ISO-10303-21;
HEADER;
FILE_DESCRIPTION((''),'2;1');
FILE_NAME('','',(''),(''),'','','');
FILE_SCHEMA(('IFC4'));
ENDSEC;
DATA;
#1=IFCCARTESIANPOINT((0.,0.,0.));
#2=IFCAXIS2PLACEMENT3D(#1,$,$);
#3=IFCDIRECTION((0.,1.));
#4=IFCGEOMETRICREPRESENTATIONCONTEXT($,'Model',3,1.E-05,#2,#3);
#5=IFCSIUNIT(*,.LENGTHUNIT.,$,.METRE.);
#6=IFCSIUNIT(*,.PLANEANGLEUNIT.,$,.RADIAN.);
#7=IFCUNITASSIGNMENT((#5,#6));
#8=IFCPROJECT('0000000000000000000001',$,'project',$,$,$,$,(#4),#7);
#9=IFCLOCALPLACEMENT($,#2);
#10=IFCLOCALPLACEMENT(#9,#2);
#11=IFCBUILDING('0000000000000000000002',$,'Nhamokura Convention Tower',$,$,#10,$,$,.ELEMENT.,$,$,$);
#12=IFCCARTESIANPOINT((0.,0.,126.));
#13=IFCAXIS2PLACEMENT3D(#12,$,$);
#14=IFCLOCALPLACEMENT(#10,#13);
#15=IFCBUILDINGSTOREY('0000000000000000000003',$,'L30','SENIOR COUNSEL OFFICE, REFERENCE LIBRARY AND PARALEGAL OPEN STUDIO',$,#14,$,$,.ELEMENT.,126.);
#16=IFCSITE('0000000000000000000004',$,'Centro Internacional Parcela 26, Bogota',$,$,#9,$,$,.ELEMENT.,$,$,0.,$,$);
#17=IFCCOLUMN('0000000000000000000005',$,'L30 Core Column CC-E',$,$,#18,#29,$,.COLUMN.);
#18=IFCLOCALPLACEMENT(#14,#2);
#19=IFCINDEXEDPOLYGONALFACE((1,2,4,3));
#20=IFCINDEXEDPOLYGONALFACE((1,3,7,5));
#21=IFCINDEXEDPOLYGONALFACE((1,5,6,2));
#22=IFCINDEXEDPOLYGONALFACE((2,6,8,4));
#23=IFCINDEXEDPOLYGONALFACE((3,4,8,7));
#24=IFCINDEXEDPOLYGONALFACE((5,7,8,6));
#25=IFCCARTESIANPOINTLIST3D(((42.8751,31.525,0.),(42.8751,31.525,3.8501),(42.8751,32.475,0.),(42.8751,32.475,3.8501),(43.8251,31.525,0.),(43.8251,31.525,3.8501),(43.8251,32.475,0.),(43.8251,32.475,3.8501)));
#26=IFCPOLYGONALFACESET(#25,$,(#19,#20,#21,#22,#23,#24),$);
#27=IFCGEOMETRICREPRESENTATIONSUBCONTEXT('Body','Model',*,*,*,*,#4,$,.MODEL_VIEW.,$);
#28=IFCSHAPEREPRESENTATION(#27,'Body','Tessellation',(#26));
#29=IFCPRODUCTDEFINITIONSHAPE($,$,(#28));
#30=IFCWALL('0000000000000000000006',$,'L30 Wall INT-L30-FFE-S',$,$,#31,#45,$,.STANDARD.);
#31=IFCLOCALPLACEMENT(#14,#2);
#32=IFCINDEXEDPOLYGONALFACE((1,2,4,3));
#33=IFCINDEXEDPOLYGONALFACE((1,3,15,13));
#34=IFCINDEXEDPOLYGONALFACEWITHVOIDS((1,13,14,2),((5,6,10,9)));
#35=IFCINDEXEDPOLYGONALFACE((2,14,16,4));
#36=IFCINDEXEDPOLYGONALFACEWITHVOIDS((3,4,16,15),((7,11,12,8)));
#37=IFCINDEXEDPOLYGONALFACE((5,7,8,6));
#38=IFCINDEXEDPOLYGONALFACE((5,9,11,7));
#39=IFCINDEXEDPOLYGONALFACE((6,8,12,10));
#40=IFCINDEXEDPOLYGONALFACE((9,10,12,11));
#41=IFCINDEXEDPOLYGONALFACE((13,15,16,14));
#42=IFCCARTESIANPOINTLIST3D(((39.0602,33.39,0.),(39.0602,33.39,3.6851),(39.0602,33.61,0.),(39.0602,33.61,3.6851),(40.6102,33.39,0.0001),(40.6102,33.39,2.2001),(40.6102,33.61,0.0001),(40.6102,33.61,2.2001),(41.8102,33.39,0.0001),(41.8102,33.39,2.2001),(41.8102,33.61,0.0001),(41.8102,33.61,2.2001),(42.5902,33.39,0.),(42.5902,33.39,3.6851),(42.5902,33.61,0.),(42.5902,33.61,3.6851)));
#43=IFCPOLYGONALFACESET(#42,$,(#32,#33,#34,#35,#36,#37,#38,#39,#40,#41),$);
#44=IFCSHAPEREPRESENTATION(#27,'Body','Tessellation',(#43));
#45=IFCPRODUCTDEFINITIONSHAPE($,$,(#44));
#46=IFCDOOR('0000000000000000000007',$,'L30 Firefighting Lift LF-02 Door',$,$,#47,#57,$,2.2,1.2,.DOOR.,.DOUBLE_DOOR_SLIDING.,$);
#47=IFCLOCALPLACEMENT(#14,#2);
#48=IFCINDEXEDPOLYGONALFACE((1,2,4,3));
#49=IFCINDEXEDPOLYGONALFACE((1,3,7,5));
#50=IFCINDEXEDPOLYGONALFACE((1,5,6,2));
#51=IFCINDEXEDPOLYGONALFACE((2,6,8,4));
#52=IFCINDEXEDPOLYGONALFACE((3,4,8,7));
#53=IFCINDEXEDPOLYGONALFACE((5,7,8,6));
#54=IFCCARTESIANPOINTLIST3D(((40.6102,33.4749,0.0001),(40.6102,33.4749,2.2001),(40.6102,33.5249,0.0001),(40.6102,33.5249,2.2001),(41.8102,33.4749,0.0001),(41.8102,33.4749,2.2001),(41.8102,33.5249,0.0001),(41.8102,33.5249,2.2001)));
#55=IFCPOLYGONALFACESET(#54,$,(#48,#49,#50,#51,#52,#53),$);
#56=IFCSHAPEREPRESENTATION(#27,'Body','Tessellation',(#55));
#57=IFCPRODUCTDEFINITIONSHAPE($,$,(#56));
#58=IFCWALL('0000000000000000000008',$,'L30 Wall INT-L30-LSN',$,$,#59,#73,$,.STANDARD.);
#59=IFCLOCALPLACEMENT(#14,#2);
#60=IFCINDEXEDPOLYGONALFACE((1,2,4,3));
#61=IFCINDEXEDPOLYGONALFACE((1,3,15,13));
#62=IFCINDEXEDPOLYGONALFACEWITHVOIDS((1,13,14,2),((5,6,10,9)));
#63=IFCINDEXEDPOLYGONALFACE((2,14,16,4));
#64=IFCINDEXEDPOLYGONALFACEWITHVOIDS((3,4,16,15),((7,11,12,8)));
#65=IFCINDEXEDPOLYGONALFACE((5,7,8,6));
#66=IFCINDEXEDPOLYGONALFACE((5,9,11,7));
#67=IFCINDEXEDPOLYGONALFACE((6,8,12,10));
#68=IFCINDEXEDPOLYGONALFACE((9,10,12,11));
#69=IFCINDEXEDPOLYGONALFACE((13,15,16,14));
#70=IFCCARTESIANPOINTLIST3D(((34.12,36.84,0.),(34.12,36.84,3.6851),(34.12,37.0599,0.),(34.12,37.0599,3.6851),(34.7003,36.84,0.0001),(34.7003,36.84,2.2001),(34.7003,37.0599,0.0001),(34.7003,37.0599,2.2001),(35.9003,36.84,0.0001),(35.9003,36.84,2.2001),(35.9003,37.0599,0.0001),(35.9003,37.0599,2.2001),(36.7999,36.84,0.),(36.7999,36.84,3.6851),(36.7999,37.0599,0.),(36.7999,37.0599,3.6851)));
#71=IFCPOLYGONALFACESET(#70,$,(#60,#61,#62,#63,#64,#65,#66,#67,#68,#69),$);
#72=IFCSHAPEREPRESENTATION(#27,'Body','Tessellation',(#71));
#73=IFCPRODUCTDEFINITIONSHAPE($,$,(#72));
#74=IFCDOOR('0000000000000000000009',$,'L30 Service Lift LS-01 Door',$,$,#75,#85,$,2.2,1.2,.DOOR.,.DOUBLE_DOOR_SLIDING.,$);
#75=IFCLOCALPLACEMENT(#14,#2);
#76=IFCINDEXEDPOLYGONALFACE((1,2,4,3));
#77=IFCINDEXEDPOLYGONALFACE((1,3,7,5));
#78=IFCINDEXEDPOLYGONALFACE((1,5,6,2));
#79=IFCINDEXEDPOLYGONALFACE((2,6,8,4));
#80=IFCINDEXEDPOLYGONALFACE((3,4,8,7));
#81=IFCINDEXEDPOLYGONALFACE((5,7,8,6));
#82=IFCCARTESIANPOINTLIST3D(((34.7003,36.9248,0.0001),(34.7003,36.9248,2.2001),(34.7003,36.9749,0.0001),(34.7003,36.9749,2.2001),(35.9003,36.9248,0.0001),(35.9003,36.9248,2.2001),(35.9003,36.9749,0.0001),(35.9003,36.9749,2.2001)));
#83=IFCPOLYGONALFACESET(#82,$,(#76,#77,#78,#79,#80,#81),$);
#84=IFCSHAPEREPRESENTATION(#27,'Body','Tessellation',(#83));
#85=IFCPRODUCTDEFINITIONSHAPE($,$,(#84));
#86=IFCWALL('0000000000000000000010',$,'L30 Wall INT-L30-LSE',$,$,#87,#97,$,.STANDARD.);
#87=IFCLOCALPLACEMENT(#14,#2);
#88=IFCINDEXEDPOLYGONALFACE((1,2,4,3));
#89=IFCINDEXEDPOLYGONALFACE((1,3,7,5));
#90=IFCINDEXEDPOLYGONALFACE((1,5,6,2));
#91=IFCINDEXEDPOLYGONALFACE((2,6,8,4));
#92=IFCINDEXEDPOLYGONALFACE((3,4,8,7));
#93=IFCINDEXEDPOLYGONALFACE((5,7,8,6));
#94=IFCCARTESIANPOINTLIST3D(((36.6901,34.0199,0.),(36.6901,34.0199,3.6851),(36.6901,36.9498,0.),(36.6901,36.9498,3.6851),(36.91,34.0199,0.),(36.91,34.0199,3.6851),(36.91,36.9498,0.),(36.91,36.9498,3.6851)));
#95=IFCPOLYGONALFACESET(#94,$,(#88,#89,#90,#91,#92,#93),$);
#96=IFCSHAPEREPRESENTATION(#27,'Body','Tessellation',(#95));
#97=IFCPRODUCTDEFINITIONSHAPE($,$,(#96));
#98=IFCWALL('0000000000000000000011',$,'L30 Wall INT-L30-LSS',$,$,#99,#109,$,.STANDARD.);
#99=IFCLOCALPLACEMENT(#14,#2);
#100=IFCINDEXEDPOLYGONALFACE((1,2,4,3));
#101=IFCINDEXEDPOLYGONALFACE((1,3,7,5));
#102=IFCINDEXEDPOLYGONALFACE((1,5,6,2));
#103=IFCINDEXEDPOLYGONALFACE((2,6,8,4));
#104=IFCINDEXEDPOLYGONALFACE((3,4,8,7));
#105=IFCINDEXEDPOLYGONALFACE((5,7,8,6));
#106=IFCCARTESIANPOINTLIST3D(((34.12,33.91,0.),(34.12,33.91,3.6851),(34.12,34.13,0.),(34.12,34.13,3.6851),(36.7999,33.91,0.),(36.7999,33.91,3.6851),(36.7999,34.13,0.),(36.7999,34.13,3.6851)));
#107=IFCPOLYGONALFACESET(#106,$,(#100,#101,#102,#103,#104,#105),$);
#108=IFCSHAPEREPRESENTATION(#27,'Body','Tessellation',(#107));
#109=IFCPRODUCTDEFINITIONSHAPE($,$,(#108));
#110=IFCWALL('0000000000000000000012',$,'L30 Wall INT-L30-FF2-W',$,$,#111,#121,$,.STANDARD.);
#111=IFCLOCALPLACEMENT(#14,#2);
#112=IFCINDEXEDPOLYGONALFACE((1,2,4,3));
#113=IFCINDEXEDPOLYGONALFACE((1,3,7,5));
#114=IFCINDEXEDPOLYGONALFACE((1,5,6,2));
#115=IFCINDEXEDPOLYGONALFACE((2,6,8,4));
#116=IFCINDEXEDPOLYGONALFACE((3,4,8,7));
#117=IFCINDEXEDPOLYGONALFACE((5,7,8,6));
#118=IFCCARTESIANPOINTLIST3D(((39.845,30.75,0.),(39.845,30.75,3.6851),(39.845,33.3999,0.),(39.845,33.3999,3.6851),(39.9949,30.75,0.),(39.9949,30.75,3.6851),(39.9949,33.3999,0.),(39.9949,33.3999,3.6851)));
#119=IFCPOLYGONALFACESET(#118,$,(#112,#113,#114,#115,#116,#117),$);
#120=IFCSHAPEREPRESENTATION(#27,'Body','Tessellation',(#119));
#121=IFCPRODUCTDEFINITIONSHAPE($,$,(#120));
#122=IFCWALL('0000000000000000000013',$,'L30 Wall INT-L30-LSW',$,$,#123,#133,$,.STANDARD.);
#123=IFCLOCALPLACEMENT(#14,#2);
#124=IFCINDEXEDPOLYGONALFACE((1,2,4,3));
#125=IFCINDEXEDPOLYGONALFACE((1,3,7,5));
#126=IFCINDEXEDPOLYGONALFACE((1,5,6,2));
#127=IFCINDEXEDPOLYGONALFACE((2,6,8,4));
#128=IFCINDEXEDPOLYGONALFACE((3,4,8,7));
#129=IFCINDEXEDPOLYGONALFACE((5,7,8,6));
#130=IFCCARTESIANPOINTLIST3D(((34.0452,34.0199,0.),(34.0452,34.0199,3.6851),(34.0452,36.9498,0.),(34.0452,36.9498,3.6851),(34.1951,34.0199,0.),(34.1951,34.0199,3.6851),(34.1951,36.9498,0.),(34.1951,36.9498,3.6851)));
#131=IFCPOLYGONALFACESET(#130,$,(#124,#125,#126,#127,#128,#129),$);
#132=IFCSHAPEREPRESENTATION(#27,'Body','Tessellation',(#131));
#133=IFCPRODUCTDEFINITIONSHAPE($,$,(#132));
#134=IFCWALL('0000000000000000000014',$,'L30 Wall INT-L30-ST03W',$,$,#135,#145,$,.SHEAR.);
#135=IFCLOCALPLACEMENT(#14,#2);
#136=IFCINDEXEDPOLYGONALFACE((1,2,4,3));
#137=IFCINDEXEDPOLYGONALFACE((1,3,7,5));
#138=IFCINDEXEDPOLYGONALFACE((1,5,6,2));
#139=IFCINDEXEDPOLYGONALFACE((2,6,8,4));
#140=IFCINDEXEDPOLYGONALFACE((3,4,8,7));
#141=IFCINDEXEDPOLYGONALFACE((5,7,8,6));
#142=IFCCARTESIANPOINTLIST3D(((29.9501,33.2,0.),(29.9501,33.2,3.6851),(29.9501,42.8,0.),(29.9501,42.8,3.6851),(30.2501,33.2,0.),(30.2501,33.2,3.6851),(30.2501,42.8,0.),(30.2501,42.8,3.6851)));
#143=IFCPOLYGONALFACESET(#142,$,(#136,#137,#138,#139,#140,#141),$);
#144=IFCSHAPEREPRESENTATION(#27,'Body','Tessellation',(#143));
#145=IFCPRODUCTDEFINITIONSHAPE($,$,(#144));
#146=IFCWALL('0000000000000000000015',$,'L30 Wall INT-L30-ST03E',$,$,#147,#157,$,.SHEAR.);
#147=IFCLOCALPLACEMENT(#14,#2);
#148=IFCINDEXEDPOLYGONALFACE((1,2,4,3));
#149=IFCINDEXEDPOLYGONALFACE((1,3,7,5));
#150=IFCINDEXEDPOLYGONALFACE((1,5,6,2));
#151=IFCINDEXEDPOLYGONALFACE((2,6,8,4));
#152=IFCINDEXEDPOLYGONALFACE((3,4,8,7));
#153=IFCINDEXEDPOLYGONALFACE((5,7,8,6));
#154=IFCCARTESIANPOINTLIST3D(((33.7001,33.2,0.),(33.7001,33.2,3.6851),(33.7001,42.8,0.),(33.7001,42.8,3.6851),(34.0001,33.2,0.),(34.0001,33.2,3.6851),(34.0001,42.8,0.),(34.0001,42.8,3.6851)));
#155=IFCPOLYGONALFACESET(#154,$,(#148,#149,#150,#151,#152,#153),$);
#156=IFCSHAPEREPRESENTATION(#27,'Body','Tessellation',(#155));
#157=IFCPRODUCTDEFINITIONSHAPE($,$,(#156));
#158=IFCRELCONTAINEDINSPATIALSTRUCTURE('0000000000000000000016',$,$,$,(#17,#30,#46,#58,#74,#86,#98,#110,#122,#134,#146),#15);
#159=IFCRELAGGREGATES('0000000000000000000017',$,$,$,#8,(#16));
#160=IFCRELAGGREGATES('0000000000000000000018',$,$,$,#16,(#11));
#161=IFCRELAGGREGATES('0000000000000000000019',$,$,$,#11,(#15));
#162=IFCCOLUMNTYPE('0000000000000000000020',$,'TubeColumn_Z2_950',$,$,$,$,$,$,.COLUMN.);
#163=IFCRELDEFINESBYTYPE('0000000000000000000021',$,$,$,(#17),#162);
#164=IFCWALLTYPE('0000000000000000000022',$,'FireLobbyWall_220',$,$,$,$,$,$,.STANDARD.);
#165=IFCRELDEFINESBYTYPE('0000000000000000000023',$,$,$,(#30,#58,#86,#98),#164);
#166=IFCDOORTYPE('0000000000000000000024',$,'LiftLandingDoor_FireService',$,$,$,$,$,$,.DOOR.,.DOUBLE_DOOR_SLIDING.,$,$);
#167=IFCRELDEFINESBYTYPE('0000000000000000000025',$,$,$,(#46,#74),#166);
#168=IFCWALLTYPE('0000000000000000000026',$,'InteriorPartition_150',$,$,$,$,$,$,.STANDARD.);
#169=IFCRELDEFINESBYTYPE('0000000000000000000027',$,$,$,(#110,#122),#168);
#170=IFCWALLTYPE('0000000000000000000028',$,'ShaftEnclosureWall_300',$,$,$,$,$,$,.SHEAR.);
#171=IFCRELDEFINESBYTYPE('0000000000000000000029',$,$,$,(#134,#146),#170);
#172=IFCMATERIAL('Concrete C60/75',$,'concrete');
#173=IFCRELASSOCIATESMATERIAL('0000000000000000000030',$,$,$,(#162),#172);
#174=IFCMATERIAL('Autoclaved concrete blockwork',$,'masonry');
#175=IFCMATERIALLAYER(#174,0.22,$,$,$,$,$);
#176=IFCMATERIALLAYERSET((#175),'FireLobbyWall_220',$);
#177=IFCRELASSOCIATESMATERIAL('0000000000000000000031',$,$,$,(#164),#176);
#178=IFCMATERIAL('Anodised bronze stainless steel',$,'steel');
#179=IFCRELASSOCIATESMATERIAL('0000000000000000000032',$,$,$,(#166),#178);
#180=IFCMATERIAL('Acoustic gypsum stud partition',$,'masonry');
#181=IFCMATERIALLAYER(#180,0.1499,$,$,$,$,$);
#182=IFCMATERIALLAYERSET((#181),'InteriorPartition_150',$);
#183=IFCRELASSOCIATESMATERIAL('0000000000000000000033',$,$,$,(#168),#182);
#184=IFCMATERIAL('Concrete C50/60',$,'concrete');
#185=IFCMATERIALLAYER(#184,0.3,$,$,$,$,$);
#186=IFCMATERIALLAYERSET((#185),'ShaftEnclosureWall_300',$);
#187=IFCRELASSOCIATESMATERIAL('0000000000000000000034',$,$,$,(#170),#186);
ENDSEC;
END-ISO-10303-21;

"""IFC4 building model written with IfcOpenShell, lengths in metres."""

from ifc_helpers import new_model, si_unit, direction, frame, frame_2d, origin, origin_2d, place, context, subcontext, project, spatial, rectangle, extrude, material, layer, layer_set, material_profile, profile_set, type_object, element, fill, save


model = new_model("IFC4")

# Units and contexts
model_context = context("Model", 3, precision=1e-05, world=origin(), true_north=direction((0.0, 1.0)))
body_context = subcontext(model_context, "Body", "Model", "MODEL_VIEW")
ifc_project = project(units=[si_unit("LENGTHUNIT", "METRE"), si_unit("PLANEANGLEUNIT", "RADIAN")], contexts=[model_context])

# Site, building, storey
site_placement = place(None, origin())
site = spatial("IfcSite", under=ifc_project, at=site_placement, Name="Centro Internacional Parcela 26, Bogota", CompositionType="ELEMENT", RefElevation=0.0)
building_placement = place(site_placement, origin())
building = spatial("IfcBuilding", under=site, at=building_placement, Name="Nhamokura Convention Tower", CompositionType="ELEMENT")
storey_placement = place(building_placement, frame((0.0, 0.0, 126.0)))
storey = spatial("IfcBuildingStorey", under=building, at=storey_placement, Name="L30", Description="SENIOR COUNSEL OFFICE, REFERENCE LIBRARY AND PARALEGAL OPEN STUDIO", CompositionType="ELEMENT", Elevation=126.0)

# Column
ifc_material_1 = material(Name="Concrete C60/75", Category="concrete")
ifc_material_profile = material_profile(ifc_material_1, rectangle(XDim=0.95, YDim=0.95, at=origin_2d()))
ifc_profile_set = profile_set([ifc_material_profile], Name="Concrete C60/75")
column_type = type_object("IfcColumnType", Name="TubeColumn_Z2_950", PredefinedType="COLUMN", material=ifc_profile_set)
column_placement = place(storey_placement, frame((43.3501, 32.0, 0.0), z_axis=(0.0, 0.0, 1.0), x_axis=(1.0, 0.0, 0.0)))
element("IfcColumn", 1, at=column_placement, inside=storey, type_object=column_type, Name="L30 Core Column CC-E", PredefinedType="COLUMN", context=body_context, shape_type="SweptSolid", body=[
    extrude(rectangle(XDim=0.95, YDim=0.95, at=origin_2d()), origin(), (0.0, 0.0, 1.0), 3.8501),
])

# Walls, openings, doors
ifc_material_2 = material(Name="Autoclaved concrete blockwork", Category="masonry")
ifc_layer_1 = layer(ifc_material_2, 0.22)
ifc_layer_set_1 = layer_set([ifc_layer_1], Name="FireLobbyWall_220")
wall_type_1 = type_object("IfcWallType", Name="FireLobbyWall_220", PredefinedType="STANDARD", material=ifc_layer_set_1)
wall_1_placement = place(storey_placement, frame((39.0601, 33.5, 0.0), z_axis=(0.0, 0.0, 1.0), x_axis=(1.0, 0.0, 0.0)))
wall_1 = element("IfcWall", 2, at=wall_1_placement, inside=storey, type_object=wall_type_1, Name="L30 Wall INT-L30-FFE-S", PredefinedType="STANDARD", context=body_context, shape_type="SweptSolid", body=[
    extrude(rectangle(XDim=3.53, YDim=0.22, at=frame_2d((1.7651, 0.0))), origin(), (0.0, 0.0, 1.0), 3.6851),
])
opening_1_placement = place(wall_1_placement, frame((1.55, 0.0, 0.0)))
opening_1 = element("IfcOpeningElement", 3, at=opening_1_placement, cuts=wall_1, PredefinedType="OPENING", context=body_context, shape_type="SweptSolid", body=[
    extrude(rectangle(XDim=1.2, YDim=2.2, at=frame_2d((0.6001, 1.1001))), frame((0.0, 0.1199, 0.0), z_axis=(0.0, -1.0, 0.0), x_axis=(1.0, 0.0, 0.0)), (0.0, 0.0, 1.0), 0.24),
])
ifc_material_3 = material(Name="Anodised bronze stainless steel", Category="steel")
door_type = type_object("IfcDoorType", Name="LiftLandingDoor_FireService", OperationType="DOUBLE_DOOR_SLIDING", PredefinedType="DOOR", material=ifc_material_3)
door_1_placement = place(opening_1_placement, origin())
door_1 = element("IfcDoor", 4, at=door_1_placement, inside=storey, type_object=door_type, Name="L30 Firefighting Lift LF-02 Door", OperationType="DOUBLE_DOOR_SLIDING", OverallHeight=2.2, OverallWidth=1.2, PredefinedType="DOOR", context=body_context, shape_type="SweptSolid", body=[
    extrude(rectangle(XDim=1.2, YDim=2.2, at=frame_2d((0.6001, 1.1001))), frame((0.0, 0.0249, 0.0), z_axis=(0.0, -1.0, 0.0), x_axis=(1.0, 0.0, 0.0)), (0.0, 0.0, 1.0), 0.05),
])
fill(opening_1, door_1)
wall_2_placement = place(storey_placement, frame((34.1201, 36.95, 0.0), z_axis=(0.0, 0.0, 1.0), x_axis=(1.0, 0.0, 0.0)))
wall_2 = element("IfcWall", 5, at=wall_2_placement, inside=storey, type_object=wall_type_1, Name="L30 Wall INT-L30-LSN", PredefinedType="STANDARD", context=body_context, shape_type="SweptSolid", body=[
    extrude(rectangle(XDim=2.6799, YDim=0.22, at=frame_2d((1.3398, 0.0))), origin(), (0.0, 0.0, 1.0), 3.6851),
])
opening_2_placement = place(wall_2_placement, frame((0.5801, 0.0, 0.0)))
opening_2 = element("IfcOpeningElement", 6, at=opening_2_placement, cuts=wall_2, PredefinedType="OPENING", context=body_context, shape_type="SweptSolid", body=[
    extrude(rectangle(XDim=1.2, YDim=2.2, at=frame_2d((0.6001, 1.1001))), frame((0.0, 0.1199, 0.0), z_axis=(0.0, -1.0, 0.0), x_axis=(1.0, 0.0, 0.0)), (0.0, 0.0, 1.0), 0.24),
])
door_2_placement = place(opening_2_placement, origin())
door_2 = element("IfcDoor", 7, at=door_2_placement, inside=storey, type_object=door_type, Name="L30 Service Lift LS-01 Door", OperationType="DOUBLE_DOOR_SLIDING", OverallHeight=2.2, OverallWidth=1.2, PredefinedType="DOOR", context=body_context, shape_type="SweptSolid", body=[
    extrude(rectangle(XDim=1.2, YDim=2.2, at=frame_2d((0.6001, 1.1001))), frame((0.0, 0.0249, 0.0), z_axis=(0.0, -1.0, 0.0), x_axis=(1.0, 0.0, 0.0)), (0.0, 0.0, 1.0), 0.05),
])
fill(opening_2, door_2)

# Walls
wall_3_placement = place(storey_placement, frame((36.8, 34.02, 0.0), z_axis=(0.0, 0.0, 1.0), x_axis=(0.0, 1.0, 0.0)))
element("IfcWall", 8, at=wall_3_placement, inside=storey, type_object=wall_type_1, Name="L30 Wall INT-L30-LSE", PredefinedType="STANDARD", context=body_context, shape_type="SweptSolid", body=[
    extrude(rectangle(XDim=2.9299, YDim=0.22, at=frame_2d((1.4648, 0.0))), origin(), (0.0, 0.0, 1.0), 3.6851),
])
wall_4_placement = place(storey_placement, frame((34.1201, 34.02, 0.0), z_axis=(0.0, 0.0, 1.0), x_axis=(1.0, 0.0, 0.0)))
element("IfcWall", 9, at=wall_4_placement, inside=storey, type_object=wall_type_1, Name="L30 Wall INT-L30-LSS", PredefinedType="STANDARD", context=body_context, shape_type="SweptSolid", body=[
    extrude(rectangle(XDim=2.6799, YDim=0.22, at=frame_2d((1.3398, 0.0))), origin(), (0.0, 0.0, 1.0), 3.6851),
])
ifc_material_4 = material(Name="Acoustic gypsum stud partition", Category="masonry")
ifc_layer_2 = layer(ifc_material_4, 0.1499)
ifc_layer_set_2 = layer_set([ifc_layer_2], Name="InteriorPartition_150")
wall_type_2 = type_object("IfcWallType", Name="InteriorPartition_150", PredefinedType="STANDARD", material=ifc_layer_set_2)
wall_5_placement = place(storey_placement, frame((39.9199, 30.75, 0.0), z_axis=(0.0, 0.0, 1.0), x_axis=(0.0, 1.0, 0.0)))
element("IfcWall", 10, at=wall_5_placement, inside=storey, type_object=wall_type_2, Name="L30 Wall INT-L30-FF2-W", PredefinedType="STANDARD", context=body_context, shape_type="SweptSolid", body=[
    extrude(rectangle(XDim=2.6499, YDim=0.1499, at=frame_2d((1.325, 0.0))), origin(), (0.0, 0.0, 1.0), 3.6851),
])
wall_6_placement = place(storey_placement, frame((34.1201, 34.02, 0.0), z_axis=(0.0, 0.0, 1.0), x_axis=(0.0, 1.0, 0.0)))
element("IfcWall", 11, at=wall_6_placement, inside=storey, type_object=wall_type_2, Name="L30 Wall INT-L30-LSW", PredefinedType="STANDARD", context=body_context, shape_type="SweptSolid", body=[
    extrude(rectangle(XDim=2.9299, YDim=0.1499, at=frame_2d((1.4648, 0.0))), origin(), (0.0, 0.0, 1.0), 3.6851),
])
ifc_material_5 = material(Name="Concrete C50/60", Category="concrete")
ifc_layer_3 = layer(ifc_material_5, 0.3)
ifc_layer_set_3 = layer_set([ifc_layer_3], Name="ShaftEnclosureWall_300")
wall_type_3 = type_object("IfcWallType", Name="ShaftEnclosureWall_300", PredefinedType="SHEAR", material=ifc_layer_set_3)
for number, where, z_axis, x_axis, name in (
    (12, (30.1001, 33.2, 0.0), (0.0, 0.0, 1.0), (0.0, 1.0, 0.0), "L30 Wall INT-L30-ST03W"),
    (13, (33.8501, 33.2, 0.0), (0.0, 0.0, 1.0), (0.0, 1.0, 0.0), "L30 Wall INT-L30-ST03E"),
):
    element("IfcWall", number, at=place(storey_placement, frame(where, z_axis=z_axis, x_axis=x_axis)), inside=storey, type_object=wall_type_3, Name=name, PredefinedType="SHEAR", context=body_context, shape_type="SweptSolid", body=[
        extrude(rectangle(XDim=9.6001, YDim=0.3, at=frame_2d((4.8, 0.0))), origin(), (0.0, 0.0, 1.0), 3.6851),
    ])

save(model, "model.ifc")
